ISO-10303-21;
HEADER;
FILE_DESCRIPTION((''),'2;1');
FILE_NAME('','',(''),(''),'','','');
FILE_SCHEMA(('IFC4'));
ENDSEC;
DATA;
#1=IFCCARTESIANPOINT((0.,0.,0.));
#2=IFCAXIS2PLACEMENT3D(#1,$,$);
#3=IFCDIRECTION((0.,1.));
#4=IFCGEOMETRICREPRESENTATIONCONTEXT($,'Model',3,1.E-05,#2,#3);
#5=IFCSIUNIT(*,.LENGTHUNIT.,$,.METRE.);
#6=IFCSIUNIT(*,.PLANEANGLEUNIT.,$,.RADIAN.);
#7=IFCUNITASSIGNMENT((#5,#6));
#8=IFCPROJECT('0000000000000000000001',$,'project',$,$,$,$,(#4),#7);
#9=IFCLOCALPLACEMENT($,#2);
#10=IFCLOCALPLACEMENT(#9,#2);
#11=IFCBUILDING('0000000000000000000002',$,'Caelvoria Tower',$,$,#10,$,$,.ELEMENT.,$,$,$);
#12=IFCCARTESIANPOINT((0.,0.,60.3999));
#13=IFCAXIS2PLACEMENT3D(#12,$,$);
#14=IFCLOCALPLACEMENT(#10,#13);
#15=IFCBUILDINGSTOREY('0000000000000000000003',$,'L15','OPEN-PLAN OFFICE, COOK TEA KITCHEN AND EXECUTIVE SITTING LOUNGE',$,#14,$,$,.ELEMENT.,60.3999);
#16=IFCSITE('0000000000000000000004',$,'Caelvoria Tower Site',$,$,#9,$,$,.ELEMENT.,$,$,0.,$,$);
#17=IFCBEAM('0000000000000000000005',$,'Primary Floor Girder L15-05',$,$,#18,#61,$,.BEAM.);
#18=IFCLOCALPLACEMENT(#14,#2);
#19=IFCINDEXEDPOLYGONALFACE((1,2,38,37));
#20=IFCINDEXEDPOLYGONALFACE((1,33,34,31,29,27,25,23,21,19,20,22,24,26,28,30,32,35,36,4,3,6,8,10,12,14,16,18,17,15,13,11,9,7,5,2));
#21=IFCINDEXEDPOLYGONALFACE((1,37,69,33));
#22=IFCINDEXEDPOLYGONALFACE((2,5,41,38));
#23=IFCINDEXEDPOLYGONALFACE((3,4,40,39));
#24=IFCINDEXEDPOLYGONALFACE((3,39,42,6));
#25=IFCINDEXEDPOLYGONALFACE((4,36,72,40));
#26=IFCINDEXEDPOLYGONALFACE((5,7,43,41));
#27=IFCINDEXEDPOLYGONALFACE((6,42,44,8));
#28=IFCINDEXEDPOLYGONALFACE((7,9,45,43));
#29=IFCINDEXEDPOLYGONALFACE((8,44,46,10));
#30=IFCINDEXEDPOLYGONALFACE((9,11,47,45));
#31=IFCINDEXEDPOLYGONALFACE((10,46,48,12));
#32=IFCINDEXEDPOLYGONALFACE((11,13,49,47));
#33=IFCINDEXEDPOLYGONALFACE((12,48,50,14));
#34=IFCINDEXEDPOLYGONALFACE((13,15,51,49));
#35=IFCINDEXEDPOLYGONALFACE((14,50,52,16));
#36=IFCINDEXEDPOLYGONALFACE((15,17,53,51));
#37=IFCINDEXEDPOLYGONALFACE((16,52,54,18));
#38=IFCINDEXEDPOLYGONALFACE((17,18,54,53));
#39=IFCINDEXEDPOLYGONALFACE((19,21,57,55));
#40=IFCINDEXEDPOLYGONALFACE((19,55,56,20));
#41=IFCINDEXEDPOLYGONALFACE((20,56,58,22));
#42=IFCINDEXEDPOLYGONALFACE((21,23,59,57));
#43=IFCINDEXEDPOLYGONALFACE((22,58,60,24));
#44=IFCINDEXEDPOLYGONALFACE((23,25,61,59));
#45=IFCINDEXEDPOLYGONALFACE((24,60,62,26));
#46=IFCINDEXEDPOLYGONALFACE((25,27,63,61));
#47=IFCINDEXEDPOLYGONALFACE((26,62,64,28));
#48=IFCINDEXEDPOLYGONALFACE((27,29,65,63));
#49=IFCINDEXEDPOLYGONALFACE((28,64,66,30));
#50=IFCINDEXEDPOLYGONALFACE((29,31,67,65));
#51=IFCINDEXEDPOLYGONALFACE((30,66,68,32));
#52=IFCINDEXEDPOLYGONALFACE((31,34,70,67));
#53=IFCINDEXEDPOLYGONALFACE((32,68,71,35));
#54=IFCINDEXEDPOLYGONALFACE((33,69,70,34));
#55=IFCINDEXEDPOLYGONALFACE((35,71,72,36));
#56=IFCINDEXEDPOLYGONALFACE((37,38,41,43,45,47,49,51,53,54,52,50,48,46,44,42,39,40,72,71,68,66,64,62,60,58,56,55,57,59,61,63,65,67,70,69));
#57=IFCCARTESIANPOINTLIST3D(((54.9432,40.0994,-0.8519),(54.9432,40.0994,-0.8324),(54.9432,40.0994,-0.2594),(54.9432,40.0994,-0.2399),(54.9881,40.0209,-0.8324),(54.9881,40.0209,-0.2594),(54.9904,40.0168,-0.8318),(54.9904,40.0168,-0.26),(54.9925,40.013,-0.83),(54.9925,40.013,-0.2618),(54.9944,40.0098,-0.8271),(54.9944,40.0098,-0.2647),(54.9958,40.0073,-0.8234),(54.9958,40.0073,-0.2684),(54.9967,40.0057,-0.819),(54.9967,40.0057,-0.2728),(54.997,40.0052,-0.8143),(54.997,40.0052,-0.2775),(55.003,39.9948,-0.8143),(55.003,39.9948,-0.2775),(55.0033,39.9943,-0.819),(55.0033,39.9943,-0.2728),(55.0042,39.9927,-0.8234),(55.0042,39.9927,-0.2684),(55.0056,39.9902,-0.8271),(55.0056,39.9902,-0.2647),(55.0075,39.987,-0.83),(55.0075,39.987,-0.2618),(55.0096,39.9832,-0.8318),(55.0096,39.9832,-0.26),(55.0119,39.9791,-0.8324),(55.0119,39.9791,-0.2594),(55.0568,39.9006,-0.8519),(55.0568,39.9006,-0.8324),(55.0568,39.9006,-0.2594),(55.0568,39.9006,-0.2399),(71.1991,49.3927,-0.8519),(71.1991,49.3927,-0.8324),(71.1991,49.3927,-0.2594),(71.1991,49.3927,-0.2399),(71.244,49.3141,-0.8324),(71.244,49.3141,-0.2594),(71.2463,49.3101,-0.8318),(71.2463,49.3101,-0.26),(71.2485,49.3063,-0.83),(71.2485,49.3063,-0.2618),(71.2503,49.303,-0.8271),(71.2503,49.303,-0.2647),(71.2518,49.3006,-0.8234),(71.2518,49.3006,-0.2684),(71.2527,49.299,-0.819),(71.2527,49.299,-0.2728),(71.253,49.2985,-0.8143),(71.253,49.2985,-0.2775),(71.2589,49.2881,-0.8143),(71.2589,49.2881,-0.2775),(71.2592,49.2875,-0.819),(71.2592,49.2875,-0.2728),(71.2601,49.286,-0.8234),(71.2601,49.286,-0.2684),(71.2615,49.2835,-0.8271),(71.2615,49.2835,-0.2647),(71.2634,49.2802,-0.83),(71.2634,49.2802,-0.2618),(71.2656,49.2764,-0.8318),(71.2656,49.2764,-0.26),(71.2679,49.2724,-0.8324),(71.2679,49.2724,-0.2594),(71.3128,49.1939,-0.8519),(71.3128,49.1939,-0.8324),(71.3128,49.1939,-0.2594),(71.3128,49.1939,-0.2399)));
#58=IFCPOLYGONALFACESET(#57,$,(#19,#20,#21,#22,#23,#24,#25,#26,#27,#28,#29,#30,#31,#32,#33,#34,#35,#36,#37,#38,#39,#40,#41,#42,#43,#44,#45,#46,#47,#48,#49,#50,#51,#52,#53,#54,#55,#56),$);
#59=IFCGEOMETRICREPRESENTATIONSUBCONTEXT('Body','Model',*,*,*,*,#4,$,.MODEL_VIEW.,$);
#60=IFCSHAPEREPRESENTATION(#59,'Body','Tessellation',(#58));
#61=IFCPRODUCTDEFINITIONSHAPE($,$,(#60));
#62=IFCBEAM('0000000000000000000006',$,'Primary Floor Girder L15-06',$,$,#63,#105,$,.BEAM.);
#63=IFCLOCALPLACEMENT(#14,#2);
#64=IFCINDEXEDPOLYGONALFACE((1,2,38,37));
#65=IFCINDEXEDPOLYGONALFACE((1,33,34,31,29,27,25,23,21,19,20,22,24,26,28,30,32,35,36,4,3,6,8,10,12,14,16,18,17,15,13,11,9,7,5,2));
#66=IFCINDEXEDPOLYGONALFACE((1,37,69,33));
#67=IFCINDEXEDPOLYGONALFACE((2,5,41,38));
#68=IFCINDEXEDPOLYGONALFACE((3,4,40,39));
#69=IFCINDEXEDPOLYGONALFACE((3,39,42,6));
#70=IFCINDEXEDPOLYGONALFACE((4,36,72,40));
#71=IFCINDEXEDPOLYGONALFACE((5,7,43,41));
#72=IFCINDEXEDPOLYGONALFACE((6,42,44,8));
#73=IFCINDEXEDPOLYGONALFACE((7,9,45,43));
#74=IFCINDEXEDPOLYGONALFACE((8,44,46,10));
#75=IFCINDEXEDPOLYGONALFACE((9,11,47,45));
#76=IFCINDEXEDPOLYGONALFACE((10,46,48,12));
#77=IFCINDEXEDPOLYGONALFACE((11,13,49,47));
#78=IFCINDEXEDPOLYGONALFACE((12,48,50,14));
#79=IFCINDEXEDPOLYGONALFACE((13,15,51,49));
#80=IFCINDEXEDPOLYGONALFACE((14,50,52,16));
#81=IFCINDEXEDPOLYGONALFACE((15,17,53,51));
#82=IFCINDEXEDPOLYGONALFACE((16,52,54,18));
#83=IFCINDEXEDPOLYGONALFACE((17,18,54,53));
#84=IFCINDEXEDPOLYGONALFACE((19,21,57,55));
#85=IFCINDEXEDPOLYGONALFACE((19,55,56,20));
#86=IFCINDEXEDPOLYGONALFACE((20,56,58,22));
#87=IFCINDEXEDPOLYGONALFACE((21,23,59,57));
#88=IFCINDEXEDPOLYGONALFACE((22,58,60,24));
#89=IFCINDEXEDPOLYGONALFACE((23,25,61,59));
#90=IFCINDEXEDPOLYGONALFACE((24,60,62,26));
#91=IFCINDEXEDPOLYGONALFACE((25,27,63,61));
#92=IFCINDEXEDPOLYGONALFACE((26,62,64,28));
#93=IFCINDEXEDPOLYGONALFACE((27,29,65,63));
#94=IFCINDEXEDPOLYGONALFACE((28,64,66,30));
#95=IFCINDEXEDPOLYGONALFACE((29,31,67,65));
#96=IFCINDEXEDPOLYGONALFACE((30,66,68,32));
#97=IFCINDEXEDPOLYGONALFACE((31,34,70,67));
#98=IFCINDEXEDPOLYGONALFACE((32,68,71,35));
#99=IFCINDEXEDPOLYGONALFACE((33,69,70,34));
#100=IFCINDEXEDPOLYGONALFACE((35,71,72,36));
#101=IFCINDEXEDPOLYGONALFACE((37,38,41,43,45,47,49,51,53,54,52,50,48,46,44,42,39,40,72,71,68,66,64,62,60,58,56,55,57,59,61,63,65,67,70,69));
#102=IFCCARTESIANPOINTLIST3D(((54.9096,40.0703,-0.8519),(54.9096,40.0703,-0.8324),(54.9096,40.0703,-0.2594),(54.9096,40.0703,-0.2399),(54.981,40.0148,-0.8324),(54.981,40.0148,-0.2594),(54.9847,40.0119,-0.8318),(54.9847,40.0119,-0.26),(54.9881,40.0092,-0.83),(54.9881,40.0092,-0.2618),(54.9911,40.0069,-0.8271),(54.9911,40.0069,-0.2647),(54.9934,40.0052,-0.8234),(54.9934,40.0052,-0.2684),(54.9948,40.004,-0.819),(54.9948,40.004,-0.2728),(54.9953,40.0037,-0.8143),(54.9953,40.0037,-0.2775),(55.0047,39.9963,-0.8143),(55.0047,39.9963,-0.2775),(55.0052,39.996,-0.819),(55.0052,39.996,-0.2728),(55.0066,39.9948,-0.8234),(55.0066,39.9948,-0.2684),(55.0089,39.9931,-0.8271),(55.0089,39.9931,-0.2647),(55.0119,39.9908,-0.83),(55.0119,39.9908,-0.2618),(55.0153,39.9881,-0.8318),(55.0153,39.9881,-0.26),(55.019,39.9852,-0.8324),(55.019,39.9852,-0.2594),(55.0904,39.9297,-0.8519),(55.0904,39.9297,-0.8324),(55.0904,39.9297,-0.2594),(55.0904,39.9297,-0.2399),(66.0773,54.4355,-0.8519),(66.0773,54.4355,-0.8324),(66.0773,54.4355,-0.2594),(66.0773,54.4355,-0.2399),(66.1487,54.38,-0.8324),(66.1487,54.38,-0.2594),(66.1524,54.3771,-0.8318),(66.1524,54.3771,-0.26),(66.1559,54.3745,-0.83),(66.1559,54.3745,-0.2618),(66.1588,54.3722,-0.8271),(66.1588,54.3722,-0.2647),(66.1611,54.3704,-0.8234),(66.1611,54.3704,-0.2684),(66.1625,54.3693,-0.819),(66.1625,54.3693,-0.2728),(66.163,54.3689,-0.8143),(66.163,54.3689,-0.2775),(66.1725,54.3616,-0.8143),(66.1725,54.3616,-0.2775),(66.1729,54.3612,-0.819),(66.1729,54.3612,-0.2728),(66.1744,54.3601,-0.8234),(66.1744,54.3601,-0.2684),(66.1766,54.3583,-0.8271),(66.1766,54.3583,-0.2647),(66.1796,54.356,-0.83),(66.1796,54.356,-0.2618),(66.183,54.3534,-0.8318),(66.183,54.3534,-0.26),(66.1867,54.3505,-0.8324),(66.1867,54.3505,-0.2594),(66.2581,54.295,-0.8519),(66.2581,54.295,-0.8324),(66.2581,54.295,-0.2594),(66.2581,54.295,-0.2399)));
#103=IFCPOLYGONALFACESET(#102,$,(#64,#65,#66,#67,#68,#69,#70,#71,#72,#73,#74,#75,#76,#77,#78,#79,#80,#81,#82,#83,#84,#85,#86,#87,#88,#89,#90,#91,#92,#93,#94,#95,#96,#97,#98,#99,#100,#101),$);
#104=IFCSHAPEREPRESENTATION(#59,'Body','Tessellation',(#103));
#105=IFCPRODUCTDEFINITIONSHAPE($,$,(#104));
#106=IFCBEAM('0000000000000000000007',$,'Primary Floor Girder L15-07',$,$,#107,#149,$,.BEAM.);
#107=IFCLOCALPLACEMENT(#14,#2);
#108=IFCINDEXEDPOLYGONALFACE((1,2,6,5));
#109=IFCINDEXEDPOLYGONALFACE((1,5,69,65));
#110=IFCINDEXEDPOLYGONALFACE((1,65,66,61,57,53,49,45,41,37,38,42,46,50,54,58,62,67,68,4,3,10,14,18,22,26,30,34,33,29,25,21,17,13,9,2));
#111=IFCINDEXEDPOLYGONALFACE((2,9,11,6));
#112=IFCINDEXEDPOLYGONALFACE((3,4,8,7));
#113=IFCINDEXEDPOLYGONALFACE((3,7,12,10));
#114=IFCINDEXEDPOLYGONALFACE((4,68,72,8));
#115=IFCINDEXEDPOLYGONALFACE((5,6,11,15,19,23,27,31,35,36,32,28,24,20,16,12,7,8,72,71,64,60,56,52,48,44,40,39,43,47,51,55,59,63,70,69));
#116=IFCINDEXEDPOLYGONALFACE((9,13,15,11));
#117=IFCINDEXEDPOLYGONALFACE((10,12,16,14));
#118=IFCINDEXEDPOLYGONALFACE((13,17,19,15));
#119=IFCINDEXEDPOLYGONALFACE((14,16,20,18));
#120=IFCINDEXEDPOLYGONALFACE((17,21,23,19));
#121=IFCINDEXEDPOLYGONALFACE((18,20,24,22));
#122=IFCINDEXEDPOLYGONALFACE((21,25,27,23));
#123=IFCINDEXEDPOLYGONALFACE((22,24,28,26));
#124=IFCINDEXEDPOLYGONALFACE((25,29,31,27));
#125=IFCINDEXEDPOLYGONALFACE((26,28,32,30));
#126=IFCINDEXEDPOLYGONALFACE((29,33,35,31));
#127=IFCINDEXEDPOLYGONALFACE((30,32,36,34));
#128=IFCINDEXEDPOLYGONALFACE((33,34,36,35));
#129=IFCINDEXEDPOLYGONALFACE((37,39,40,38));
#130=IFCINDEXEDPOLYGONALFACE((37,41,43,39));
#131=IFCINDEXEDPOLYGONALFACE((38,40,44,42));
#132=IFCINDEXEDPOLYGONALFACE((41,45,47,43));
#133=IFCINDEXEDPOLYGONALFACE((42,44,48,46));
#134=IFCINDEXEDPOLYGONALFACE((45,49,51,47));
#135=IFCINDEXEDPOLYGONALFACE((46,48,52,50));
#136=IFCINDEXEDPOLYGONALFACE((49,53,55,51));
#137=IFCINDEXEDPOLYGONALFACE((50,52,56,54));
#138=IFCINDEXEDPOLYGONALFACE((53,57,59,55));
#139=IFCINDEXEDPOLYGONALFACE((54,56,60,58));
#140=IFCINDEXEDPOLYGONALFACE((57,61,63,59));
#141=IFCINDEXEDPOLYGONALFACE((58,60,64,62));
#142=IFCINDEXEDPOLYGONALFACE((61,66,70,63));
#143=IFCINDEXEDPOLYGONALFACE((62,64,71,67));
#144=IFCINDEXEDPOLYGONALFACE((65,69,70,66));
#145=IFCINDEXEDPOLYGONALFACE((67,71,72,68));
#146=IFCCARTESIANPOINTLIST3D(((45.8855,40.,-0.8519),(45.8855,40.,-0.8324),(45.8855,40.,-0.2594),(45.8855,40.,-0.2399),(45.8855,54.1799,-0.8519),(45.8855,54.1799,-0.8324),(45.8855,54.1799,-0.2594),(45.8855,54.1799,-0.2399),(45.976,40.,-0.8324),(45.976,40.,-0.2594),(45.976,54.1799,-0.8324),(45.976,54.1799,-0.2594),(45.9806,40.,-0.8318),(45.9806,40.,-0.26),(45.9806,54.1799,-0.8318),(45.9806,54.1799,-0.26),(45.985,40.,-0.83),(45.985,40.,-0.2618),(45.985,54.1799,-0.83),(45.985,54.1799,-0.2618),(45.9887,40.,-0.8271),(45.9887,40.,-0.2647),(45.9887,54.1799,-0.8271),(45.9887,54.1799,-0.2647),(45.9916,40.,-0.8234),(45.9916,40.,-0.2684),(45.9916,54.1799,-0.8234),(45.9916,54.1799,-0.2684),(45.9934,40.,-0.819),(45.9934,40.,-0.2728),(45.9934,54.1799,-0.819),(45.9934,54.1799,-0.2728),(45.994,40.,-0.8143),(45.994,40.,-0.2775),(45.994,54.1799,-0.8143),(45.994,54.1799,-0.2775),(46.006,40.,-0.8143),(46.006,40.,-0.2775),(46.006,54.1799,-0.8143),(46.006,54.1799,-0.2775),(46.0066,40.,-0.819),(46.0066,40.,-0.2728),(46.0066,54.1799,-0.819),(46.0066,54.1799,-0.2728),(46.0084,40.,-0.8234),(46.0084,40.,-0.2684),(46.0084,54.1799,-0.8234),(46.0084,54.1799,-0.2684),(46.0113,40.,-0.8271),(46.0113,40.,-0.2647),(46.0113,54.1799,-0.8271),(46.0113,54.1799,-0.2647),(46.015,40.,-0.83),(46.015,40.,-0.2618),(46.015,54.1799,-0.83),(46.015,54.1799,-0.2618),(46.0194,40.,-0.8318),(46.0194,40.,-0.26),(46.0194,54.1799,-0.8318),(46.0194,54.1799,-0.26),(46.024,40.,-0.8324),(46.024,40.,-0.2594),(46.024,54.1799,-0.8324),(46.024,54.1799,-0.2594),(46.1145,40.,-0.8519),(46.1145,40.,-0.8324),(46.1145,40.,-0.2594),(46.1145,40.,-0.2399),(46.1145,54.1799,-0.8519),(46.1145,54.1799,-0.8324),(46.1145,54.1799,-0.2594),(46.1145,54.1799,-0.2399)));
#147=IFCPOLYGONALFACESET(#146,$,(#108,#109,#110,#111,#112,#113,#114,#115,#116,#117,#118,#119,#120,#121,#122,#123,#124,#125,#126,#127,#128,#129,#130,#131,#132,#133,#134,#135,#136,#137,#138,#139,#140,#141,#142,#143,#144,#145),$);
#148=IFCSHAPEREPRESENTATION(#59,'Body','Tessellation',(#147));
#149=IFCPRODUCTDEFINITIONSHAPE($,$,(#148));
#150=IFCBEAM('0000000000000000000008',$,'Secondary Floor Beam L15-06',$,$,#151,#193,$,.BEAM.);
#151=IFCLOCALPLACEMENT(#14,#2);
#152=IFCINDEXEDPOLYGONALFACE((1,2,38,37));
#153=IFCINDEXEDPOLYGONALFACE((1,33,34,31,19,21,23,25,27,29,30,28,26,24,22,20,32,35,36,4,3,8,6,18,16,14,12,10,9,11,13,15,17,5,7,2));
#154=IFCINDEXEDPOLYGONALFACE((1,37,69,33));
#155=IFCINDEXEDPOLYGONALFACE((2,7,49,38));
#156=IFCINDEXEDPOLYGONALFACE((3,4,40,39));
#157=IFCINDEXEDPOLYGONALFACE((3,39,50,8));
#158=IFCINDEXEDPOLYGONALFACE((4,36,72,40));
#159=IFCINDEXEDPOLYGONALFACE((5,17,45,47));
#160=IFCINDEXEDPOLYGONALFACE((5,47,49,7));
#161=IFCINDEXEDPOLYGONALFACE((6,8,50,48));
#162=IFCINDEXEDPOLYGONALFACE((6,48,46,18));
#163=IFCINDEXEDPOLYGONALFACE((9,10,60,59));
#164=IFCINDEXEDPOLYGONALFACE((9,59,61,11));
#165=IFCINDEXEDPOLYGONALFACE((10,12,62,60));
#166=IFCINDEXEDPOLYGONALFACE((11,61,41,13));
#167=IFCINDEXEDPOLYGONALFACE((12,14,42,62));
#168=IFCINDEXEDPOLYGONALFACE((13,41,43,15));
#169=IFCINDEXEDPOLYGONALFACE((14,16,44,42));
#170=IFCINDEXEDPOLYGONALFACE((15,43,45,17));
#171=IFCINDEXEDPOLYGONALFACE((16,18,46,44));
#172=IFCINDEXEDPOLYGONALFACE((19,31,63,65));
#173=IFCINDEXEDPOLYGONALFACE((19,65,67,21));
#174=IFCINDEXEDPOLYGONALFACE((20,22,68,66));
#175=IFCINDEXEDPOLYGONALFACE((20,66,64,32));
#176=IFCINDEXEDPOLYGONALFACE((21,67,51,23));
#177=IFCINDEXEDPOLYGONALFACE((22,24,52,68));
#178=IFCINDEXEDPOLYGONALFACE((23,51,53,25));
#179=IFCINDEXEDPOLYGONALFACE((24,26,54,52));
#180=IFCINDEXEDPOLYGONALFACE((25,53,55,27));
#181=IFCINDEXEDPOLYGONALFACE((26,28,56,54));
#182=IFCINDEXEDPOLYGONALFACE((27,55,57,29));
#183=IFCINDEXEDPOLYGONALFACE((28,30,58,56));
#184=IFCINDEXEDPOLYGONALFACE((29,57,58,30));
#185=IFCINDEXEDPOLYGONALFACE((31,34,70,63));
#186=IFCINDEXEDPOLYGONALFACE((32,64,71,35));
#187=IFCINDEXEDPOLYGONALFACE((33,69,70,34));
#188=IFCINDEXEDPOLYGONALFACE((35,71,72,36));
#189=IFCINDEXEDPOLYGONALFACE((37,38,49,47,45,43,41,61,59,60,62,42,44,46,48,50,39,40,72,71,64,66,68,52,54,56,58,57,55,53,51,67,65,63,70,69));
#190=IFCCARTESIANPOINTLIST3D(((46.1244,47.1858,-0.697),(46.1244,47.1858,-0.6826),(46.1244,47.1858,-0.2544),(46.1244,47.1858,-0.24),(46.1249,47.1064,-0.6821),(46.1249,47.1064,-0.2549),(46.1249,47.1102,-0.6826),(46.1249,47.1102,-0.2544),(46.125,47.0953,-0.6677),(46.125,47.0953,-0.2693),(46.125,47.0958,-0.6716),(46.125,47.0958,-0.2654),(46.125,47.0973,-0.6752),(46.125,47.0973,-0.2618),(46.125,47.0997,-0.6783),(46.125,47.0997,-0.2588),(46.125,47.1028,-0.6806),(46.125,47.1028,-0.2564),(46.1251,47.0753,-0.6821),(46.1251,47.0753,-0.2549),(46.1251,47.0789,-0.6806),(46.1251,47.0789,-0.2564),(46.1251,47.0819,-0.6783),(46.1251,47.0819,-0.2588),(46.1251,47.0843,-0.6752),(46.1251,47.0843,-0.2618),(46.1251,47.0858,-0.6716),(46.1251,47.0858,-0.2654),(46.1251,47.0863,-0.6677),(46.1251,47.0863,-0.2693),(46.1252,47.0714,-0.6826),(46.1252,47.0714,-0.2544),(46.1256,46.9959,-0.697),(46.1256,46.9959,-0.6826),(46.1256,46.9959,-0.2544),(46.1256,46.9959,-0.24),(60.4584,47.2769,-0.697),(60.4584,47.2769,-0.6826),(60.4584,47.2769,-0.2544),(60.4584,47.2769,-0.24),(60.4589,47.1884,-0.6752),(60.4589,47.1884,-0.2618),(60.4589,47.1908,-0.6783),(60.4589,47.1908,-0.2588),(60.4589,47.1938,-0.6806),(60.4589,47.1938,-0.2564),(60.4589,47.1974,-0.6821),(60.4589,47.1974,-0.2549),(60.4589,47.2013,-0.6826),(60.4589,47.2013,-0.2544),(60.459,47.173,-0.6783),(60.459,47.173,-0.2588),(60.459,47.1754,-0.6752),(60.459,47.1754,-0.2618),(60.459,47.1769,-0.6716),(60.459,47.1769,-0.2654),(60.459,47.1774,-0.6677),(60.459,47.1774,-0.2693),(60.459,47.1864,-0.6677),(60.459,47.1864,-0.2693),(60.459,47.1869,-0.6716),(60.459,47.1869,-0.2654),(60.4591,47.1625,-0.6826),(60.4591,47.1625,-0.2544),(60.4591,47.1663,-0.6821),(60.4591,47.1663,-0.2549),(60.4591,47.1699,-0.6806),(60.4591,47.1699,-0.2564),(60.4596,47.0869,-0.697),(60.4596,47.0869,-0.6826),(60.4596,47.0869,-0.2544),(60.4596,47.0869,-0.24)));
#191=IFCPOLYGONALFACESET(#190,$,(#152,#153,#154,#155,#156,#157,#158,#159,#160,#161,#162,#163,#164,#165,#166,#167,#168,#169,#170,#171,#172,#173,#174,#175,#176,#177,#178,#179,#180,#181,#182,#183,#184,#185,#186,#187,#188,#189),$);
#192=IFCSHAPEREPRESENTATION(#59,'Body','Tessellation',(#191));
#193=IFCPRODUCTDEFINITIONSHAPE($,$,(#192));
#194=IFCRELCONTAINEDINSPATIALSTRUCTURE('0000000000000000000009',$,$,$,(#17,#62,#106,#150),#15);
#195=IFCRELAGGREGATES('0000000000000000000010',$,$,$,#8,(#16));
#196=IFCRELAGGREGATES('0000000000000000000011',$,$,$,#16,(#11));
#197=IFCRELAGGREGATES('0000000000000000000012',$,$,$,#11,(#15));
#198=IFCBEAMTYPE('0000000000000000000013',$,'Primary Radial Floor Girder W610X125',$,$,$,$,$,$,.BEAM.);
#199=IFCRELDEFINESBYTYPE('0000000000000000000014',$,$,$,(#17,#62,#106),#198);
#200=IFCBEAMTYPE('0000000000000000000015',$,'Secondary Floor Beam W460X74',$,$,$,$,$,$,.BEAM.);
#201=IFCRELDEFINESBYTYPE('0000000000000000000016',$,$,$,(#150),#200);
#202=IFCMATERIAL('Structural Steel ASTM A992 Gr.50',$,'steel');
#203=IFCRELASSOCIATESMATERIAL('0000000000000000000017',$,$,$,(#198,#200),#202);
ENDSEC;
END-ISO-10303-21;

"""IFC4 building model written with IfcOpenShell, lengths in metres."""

from ifc_helpers import new_model, si_unit, direction, frame, origin, origin_2d, place, context, subcontext, project, spatial, i_section, extrude, material, material_profile, profile_set, type_object, element, save


model = new_model("IFC4")

# Units and contexts
model_context = context("Model", 3, precision=1e-05, world=origin(), true_north=direction((0.0, 1.0)))
body_context = subcontext(model_context, "Body", "Model", "MODEL_VIEW")
ifc_project = project(units=[si_unit("LENGTHUNIT", "METRE"), si_unit("PLANEANGLEUNIT", "RADIAN")], contexts=[model_context])

# Site, building, storey
site_placement = place(None, origin())
site = spatial("IfcSite", under=ifc_project, at=site_placement, Name="Caelvoria Tower Site", CompositionType="ELEMENT", RefElevation=0.0)
building_placement = place(site_placement, origin())
building = spatial("IfcBuilding", under=site, at=building_placement, Name="Caelvoria Tower", CompositionType="ELEMENT")
storey_placement = place(building_placement, frame((0.0, 0.0, 60.3999)))
storey = spatial("IfcBuildingStorey", under=building, at=storey_placement, Name="L15", Description="OPEN-PLAN OFFICE, COOK TEA KITCHEN AND EXECUTIVE SITTING LOUNGE", CompositionType="ELEMENT", Elevation=60.3999)

# Beams
ifc_material_1 = material(Name="Structural Steel ASTM A992 Gr.50", Category="steel")
ifc_material_profile_1 = material_profile(ifc_material_1, i_section(OverallWidth=0.229, OverallDepth=0.6121, WebThickness=0.012, FlangeThickness=0.0195, FilletRadius=0.0181, at=origin_2d()), Name="Structural Steel ASTM A992 Gr.50")
ifc_profile_set_1 = profile_set([ifc_material_profile_1], Name="W610X125 - Structural Steel ASTM A992 Gr.50")
beam_type_1 = type_object("IfcBeamType", Name="Primary Radial Floor Girder W610X125", PredefinedType="BEAM", material=ifc_profile_set_1)
beam_1_placement = place(storey_placement, frame((55.0, 40.0, -0.5459), z_axis=(0.868148, 0.496306, 0.0), x_axis=(-0.496306, 0.868148, 0.0)))
element("IfcBeam", 1, at=beam_1_placement, inside=storey, type_object=beam_type_1, Name="Primary Floor Girder L15-05", PredefinedType="BEAM", context=body_context, shape_type="SweptSolid", body=[
    extrude(i_section(OverallWidth=0.229, OverallDepth=0.6121, WebThickness=0.012, FlangeThickness=0.0195, FilletRadius=0.0181, at=origin_2d()), origin(), (0.0, 0.0, 1.0), 18.7249),
])
beam_2_placement = place(storey_placement, frame((55.0, 40.0, -0.5459), z_axis=(0.613761, 0.789492, 0.0), x_axis=(-0.789492, 0.613761, 0.0)))
element("IfcBeam", 2, at=beam_2_placement, inside=storey, type_object=beam_type_1, Name="Primary Floor Girder L15-06", PredefinedType="BEAM", context=body_context, shape_type="SweptSolid", body=[
    extrude(i_section(OverallWidth=0.229, OverallDepth=0.6121, WebThickness=0.012, FlangeThickness=0.0195, FilletRadius=0.0181, at=origin_2d()), origin(), (0.0, 0.0, 1.0), 18.1956),
])
beam_3_placement = place(storey_placement, frame((46.0, 40.0, -0.5459), z_axis=(0.0, 1.0, 0.0), x_axis=(-1.0, 0.0, 0.0)))
element("IfcBeam", 3, at=beam_3_placement, inside=storey, type_object=beam_type_1, Name="Primary Floor Girder L15-07", PredefinedType="BEAM", context=body_context, shape_type="SweptSolid", body=[
    extrude(i_section(OverallWidth=0.229, OverallDepth=0.6121, WebThickness=0.012, FlangeThickness=0.0195, FilletRadius=0.0181, at=origin_2d()), origin(), (0.0, 0.0, 1.0), 14.1799),
])
ifc_material_profile_2 = material_profile(ifc_material_1, i_section(OverallWidth=0.1899, OverallDepth=0.457, WebThickness=0.009, FlangeThickness=0.0144, FilletRadius=0.0149, at=origin_2d()), Name="Structural Steel ASTM A992 Gr.50")
ifc_profile_set_2 = profile_set([ifc_material_profile_2], Name="W460X74 - Structural Steel ASTM A992 Gr.50")
beam_type_2 = type_object("IfcBeamType", Name="Secondary Floor Beam W460X74", PredefinedType="BEAM", material=ifc_profile_set_2)
for number, where, z_axis, x_axis, name in (
    (4, (60.459, 47.1819, -0.4685), (-0.99998, -0.006353, 0.0), (0.006353, -0.99998, 0.0), "Secondary Floor Beam L15-06"),
):
    element("IfcBeam", number, at=place(storey_placement, frame(where, z_axis=z_axis, x_axis=x_axis)), inside=storey, type_object=beam_type_2, Name=name, PredefinedType="BEAM", context=body_context, shape_type="SweptSolid", body=[
        extrude(i_section(OverallWidth=0.1899, OverallDepth=0.457, WebThickness=0.009, FlangeThickness=0.0144, FilletRadius=0.0149, at=origin_2d()), origin(), (0.0, 0.0, 1.0), 14.3342),
    ])

save(model, "model.ifc")
